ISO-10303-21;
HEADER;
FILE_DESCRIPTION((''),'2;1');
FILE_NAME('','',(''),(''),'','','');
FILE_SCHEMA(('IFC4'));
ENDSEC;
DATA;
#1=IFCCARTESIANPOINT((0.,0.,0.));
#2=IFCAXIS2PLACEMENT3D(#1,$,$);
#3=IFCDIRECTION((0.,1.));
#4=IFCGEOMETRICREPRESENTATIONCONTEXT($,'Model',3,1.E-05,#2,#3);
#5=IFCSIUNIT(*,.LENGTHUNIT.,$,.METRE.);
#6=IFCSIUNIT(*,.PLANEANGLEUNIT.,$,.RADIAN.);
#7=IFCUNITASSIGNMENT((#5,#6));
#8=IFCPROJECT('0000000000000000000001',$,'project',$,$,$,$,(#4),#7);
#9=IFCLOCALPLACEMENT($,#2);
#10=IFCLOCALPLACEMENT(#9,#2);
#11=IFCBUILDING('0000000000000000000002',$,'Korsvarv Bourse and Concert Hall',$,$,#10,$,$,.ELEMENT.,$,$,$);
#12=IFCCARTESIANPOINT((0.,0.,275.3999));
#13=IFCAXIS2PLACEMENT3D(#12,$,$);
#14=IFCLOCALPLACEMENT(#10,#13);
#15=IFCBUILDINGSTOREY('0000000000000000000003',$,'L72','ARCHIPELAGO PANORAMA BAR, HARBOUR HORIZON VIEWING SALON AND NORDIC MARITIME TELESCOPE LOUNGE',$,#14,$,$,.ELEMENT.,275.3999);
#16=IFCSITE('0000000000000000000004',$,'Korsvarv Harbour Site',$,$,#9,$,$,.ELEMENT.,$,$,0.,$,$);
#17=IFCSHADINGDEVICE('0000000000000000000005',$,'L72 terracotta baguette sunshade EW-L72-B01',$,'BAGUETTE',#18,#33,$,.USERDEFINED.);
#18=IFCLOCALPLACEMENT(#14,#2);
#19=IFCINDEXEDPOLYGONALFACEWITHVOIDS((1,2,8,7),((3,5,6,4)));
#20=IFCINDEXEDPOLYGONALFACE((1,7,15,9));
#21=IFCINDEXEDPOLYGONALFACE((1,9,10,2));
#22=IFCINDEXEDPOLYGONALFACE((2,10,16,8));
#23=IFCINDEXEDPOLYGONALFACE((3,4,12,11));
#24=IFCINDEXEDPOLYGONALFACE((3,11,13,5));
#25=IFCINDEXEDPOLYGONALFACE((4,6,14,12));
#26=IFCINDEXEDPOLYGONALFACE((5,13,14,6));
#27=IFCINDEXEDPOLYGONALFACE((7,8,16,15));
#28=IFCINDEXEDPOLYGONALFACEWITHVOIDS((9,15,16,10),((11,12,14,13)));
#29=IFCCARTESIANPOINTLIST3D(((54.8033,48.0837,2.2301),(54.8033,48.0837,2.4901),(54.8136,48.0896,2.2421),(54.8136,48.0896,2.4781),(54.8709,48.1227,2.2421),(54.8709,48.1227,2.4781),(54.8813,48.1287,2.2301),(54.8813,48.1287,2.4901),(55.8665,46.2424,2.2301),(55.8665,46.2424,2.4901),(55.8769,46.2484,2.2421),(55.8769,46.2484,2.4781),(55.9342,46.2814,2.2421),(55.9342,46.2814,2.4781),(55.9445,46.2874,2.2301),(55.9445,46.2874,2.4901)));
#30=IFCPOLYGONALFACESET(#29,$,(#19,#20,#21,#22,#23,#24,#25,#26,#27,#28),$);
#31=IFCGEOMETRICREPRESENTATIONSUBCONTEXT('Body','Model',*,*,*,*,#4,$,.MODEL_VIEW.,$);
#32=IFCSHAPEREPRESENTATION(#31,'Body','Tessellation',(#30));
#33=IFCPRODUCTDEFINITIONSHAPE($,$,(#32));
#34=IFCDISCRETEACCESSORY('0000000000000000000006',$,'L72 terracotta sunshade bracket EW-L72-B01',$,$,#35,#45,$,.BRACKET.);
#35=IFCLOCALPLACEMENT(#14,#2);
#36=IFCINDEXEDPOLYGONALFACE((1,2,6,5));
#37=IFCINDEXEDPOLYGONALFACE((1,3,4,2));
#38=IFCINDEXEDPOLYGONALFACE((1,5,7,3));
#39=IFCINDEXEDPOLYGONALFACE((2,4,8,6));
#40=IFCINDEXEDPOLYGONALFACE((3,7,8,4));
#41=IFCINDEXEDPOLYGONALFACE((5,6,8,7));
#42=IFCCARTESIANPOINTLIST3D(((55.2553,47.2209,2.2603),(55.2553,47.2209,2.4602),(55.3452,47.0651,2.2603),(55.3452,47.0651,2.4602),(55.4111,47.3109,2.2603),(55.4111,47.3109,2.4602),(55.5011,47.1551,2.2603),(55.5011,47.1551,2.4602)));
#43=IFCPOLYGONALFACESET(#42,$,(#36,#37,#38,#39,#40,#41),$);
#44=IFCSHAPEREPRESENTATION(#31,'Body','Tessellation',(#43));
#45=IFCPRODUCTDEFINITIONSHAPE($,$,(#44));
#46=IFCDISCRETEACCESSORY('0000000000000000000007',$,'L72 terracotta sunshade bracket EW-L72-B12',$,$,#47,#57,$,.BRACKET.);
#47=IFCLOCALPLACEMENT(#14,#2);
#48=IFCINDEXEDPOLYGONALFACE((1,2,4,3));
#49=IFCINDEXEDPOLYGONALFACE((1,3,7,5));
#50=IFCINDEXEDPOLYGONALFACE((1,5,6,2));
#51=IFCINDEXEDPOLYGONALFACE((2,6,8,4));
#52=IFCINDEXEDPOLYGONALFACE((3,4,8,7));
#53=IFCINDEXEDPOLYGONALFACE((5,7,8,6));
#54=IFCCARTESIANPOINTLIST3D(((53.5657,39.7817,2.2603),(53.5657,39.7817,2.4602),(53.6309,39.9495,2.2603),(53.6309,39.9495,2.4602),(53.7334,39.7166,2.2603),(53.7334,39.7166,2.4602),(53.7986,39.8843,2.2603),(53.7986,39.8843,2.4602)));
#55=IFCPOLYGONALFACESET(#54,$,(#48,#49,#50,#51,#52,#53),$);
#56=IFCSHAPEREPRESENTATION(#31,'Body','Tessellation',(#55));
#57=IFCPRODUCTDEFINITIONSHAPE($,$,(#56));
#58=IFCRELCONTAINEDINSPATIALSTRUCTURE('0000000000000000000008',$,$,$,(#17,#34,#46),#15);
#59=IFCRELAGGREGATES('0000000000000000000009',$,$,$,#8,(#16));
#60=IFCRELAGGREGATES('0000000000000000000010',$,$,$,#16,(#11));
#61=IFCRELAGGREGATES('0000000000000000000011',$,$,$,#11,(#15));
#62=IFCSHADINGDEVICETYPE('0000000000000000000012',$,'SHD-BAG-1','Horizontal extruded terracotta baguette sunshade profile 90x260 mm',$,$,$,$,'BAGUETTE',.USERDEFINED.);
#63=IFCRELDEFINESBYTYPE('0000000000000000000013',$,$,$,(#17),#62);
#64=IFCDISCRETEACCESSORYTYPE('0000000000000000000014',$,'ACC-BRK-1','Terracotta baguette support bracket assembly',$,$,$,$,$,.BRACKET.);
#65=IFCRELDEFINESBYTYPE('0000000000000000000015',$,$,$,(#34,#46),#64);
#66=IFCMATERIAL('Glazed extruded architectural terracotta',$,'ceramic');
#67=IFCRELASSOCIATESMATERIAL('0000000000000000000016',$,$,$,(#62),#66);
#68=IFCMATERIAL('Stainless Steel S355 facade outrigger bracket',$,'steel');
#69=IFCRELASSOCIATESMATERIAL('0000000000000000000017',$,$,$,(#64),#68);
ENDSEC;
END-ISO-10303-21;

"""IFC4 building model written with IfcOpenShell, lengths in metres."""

from ifc_helpers import new_model, si_unit, direction, frame, origin, origin_2d, place, context, subcontext, project, spatial, rectangle, hollow_rectangle, extrude, source, transform, mapped, material, material_profile, profile_set, type_object, element, save


model = new_model("IFC4")

# Units and contexts
model_context = context("Model", 3, precision=1e-05, world=origin(), true_north=direction((0.0, 1.0)))
body_context = subcontext(model_context, "Body", "Model", "MODEL_VIEW")
ifc_project = project(units=[si_unit("LENGTHUNIT", "METRE"), si_unit("PLANEANGLEUNIT", "RADIAN")], contexts=[model_context])

# Site, building, storey
site_placement = place(None, origin())
site = spatial("IfcSite", under=ifc_project, at=site_placement, Name="Korsvarv Harbour Site", CompositionType="ELEMENT", RefElevation=0.0)
building_placement = place(site_placement, origin())
building = spatial("IfcBuilding", under=site, at=building_placement, Name="Korsvarv Bourse and Concert Hall", CompositionType="ELEMENT")
storey_placement = place(building_placement, frame((0.0, 0.0, 275.3999)))
storey = spatial("IfcBuildingStorey", under=building, at=storey_placement, Name="L72", Description="ARCHIPELAGO PANORAMA BAR, HARBOUR HORIZON VIEWING SALON AND NORDIC MARITIME TELESCOPE LOUNGE", CompositionType="ELEMENT", Elevation=275.3999)

# Shading device
ifc_material_1 = material(Name="Glazed extruded architectural terracotta", Category="ceramic")
ifc_material_profile_1 = material_profile(ifc_material_1, hollow_rectangle(XDim=0.0901, YDim=0.26, WallThickness=0.012, at=origin_2d()), Name="TC-BAG 90x260")
ifc_profile_set_1 = profile_set([ifc_material_profile_1], Name="Glazed extruded architectural terracotta")
shading_device_type = type_object("IfcShadingDeviceType", Name="SHD-BAG-1", Description="Horizontal extruded terracotta baguette sunshade profile 90x260 mm", ElementType="BAGUETTE", PredefinedType="USERDEFINED", material=ifc_profile_set_1)
shared_shape_1 = source(origin(), body_context, "Body", "SweptSolid", [
    extrude(hollow_rectangle(XDim=0.0901, YDim=0.26, WallThickness=0.012, at=origin_2d()), origin(), (0.0, 0.0, 1.0), 2.1262),
])
shading_device_placement = place(storey_placement, frame((55.9055, 46.2649, 2.3601), z_axis=(-0.500054, 0.865994, 0.0), x_axis=(-0.865994, -0.500054, 0.0)))
element("IfcShadingDevice", 1, at=shading_device_placement, inside=storey, type_object=shading_device_type, Name="L72 terracotta baguette sunshade EW-L72-B01", ObjectType="BAGUETTE", PredefinedType="USERDEFINED", context=body_context, shape_type="MappedRepresentation", body=[
    mapped(shared_shape_1, transform((0.0, 0.0, 0.0), scale=1.0)),
])

# Discrete accessories
ifc_material_2 = material(Name="Stainless Steel S355 facade outrigger bracket", Category="steel")
discrete_accessory_type = type_object("IfcDiscreteAccessoryType", Name="ACC-BRK-1", Description="Terracotta baguette support bracket assembly", PredefinedType="BRACKET", material=ifc_material_2)
shared_shape_2 = source(origin(), body_context, "Body", "SweptSolid", [
    extrude(rectangle(XDim=0.1799, YDim=0.1799, at=origin_2d()), origin(), (0.0, 0.0, 1.0), 0.2),
])
for number, where, z_axis, x_axis, name in (
    (2, (55.3782, 47.188, 2.2603), (0.0, 0.0, 1.0), (-0.5, 0.866025, 0.0), "L72 terracotta sunshade bracket EW-L72-B01"),
    (3, (53.6821, 39.833, 2.2603), (0.0, 0.0, 1.0), (0.362275, 0.932071, 0.0), "L72 terracotta sunshade bracket EW-L72-B12"),
):
    element("IfcDiscreteAccessory", number, at=place(storey_placement, frame(where, z_axis=z_axis, x_axis=x_axis)), inside=storey, type_object=discrete_accessory_type, Name=name, PredefinedType="BRACKET", context=body_context, shape_type="MappedRepresentation", body=[
        mapped(shared_shape_2, transform((0.0, 0.0, 0.0), scale=1.0)),
    ])

save(model, "model.ifc")
